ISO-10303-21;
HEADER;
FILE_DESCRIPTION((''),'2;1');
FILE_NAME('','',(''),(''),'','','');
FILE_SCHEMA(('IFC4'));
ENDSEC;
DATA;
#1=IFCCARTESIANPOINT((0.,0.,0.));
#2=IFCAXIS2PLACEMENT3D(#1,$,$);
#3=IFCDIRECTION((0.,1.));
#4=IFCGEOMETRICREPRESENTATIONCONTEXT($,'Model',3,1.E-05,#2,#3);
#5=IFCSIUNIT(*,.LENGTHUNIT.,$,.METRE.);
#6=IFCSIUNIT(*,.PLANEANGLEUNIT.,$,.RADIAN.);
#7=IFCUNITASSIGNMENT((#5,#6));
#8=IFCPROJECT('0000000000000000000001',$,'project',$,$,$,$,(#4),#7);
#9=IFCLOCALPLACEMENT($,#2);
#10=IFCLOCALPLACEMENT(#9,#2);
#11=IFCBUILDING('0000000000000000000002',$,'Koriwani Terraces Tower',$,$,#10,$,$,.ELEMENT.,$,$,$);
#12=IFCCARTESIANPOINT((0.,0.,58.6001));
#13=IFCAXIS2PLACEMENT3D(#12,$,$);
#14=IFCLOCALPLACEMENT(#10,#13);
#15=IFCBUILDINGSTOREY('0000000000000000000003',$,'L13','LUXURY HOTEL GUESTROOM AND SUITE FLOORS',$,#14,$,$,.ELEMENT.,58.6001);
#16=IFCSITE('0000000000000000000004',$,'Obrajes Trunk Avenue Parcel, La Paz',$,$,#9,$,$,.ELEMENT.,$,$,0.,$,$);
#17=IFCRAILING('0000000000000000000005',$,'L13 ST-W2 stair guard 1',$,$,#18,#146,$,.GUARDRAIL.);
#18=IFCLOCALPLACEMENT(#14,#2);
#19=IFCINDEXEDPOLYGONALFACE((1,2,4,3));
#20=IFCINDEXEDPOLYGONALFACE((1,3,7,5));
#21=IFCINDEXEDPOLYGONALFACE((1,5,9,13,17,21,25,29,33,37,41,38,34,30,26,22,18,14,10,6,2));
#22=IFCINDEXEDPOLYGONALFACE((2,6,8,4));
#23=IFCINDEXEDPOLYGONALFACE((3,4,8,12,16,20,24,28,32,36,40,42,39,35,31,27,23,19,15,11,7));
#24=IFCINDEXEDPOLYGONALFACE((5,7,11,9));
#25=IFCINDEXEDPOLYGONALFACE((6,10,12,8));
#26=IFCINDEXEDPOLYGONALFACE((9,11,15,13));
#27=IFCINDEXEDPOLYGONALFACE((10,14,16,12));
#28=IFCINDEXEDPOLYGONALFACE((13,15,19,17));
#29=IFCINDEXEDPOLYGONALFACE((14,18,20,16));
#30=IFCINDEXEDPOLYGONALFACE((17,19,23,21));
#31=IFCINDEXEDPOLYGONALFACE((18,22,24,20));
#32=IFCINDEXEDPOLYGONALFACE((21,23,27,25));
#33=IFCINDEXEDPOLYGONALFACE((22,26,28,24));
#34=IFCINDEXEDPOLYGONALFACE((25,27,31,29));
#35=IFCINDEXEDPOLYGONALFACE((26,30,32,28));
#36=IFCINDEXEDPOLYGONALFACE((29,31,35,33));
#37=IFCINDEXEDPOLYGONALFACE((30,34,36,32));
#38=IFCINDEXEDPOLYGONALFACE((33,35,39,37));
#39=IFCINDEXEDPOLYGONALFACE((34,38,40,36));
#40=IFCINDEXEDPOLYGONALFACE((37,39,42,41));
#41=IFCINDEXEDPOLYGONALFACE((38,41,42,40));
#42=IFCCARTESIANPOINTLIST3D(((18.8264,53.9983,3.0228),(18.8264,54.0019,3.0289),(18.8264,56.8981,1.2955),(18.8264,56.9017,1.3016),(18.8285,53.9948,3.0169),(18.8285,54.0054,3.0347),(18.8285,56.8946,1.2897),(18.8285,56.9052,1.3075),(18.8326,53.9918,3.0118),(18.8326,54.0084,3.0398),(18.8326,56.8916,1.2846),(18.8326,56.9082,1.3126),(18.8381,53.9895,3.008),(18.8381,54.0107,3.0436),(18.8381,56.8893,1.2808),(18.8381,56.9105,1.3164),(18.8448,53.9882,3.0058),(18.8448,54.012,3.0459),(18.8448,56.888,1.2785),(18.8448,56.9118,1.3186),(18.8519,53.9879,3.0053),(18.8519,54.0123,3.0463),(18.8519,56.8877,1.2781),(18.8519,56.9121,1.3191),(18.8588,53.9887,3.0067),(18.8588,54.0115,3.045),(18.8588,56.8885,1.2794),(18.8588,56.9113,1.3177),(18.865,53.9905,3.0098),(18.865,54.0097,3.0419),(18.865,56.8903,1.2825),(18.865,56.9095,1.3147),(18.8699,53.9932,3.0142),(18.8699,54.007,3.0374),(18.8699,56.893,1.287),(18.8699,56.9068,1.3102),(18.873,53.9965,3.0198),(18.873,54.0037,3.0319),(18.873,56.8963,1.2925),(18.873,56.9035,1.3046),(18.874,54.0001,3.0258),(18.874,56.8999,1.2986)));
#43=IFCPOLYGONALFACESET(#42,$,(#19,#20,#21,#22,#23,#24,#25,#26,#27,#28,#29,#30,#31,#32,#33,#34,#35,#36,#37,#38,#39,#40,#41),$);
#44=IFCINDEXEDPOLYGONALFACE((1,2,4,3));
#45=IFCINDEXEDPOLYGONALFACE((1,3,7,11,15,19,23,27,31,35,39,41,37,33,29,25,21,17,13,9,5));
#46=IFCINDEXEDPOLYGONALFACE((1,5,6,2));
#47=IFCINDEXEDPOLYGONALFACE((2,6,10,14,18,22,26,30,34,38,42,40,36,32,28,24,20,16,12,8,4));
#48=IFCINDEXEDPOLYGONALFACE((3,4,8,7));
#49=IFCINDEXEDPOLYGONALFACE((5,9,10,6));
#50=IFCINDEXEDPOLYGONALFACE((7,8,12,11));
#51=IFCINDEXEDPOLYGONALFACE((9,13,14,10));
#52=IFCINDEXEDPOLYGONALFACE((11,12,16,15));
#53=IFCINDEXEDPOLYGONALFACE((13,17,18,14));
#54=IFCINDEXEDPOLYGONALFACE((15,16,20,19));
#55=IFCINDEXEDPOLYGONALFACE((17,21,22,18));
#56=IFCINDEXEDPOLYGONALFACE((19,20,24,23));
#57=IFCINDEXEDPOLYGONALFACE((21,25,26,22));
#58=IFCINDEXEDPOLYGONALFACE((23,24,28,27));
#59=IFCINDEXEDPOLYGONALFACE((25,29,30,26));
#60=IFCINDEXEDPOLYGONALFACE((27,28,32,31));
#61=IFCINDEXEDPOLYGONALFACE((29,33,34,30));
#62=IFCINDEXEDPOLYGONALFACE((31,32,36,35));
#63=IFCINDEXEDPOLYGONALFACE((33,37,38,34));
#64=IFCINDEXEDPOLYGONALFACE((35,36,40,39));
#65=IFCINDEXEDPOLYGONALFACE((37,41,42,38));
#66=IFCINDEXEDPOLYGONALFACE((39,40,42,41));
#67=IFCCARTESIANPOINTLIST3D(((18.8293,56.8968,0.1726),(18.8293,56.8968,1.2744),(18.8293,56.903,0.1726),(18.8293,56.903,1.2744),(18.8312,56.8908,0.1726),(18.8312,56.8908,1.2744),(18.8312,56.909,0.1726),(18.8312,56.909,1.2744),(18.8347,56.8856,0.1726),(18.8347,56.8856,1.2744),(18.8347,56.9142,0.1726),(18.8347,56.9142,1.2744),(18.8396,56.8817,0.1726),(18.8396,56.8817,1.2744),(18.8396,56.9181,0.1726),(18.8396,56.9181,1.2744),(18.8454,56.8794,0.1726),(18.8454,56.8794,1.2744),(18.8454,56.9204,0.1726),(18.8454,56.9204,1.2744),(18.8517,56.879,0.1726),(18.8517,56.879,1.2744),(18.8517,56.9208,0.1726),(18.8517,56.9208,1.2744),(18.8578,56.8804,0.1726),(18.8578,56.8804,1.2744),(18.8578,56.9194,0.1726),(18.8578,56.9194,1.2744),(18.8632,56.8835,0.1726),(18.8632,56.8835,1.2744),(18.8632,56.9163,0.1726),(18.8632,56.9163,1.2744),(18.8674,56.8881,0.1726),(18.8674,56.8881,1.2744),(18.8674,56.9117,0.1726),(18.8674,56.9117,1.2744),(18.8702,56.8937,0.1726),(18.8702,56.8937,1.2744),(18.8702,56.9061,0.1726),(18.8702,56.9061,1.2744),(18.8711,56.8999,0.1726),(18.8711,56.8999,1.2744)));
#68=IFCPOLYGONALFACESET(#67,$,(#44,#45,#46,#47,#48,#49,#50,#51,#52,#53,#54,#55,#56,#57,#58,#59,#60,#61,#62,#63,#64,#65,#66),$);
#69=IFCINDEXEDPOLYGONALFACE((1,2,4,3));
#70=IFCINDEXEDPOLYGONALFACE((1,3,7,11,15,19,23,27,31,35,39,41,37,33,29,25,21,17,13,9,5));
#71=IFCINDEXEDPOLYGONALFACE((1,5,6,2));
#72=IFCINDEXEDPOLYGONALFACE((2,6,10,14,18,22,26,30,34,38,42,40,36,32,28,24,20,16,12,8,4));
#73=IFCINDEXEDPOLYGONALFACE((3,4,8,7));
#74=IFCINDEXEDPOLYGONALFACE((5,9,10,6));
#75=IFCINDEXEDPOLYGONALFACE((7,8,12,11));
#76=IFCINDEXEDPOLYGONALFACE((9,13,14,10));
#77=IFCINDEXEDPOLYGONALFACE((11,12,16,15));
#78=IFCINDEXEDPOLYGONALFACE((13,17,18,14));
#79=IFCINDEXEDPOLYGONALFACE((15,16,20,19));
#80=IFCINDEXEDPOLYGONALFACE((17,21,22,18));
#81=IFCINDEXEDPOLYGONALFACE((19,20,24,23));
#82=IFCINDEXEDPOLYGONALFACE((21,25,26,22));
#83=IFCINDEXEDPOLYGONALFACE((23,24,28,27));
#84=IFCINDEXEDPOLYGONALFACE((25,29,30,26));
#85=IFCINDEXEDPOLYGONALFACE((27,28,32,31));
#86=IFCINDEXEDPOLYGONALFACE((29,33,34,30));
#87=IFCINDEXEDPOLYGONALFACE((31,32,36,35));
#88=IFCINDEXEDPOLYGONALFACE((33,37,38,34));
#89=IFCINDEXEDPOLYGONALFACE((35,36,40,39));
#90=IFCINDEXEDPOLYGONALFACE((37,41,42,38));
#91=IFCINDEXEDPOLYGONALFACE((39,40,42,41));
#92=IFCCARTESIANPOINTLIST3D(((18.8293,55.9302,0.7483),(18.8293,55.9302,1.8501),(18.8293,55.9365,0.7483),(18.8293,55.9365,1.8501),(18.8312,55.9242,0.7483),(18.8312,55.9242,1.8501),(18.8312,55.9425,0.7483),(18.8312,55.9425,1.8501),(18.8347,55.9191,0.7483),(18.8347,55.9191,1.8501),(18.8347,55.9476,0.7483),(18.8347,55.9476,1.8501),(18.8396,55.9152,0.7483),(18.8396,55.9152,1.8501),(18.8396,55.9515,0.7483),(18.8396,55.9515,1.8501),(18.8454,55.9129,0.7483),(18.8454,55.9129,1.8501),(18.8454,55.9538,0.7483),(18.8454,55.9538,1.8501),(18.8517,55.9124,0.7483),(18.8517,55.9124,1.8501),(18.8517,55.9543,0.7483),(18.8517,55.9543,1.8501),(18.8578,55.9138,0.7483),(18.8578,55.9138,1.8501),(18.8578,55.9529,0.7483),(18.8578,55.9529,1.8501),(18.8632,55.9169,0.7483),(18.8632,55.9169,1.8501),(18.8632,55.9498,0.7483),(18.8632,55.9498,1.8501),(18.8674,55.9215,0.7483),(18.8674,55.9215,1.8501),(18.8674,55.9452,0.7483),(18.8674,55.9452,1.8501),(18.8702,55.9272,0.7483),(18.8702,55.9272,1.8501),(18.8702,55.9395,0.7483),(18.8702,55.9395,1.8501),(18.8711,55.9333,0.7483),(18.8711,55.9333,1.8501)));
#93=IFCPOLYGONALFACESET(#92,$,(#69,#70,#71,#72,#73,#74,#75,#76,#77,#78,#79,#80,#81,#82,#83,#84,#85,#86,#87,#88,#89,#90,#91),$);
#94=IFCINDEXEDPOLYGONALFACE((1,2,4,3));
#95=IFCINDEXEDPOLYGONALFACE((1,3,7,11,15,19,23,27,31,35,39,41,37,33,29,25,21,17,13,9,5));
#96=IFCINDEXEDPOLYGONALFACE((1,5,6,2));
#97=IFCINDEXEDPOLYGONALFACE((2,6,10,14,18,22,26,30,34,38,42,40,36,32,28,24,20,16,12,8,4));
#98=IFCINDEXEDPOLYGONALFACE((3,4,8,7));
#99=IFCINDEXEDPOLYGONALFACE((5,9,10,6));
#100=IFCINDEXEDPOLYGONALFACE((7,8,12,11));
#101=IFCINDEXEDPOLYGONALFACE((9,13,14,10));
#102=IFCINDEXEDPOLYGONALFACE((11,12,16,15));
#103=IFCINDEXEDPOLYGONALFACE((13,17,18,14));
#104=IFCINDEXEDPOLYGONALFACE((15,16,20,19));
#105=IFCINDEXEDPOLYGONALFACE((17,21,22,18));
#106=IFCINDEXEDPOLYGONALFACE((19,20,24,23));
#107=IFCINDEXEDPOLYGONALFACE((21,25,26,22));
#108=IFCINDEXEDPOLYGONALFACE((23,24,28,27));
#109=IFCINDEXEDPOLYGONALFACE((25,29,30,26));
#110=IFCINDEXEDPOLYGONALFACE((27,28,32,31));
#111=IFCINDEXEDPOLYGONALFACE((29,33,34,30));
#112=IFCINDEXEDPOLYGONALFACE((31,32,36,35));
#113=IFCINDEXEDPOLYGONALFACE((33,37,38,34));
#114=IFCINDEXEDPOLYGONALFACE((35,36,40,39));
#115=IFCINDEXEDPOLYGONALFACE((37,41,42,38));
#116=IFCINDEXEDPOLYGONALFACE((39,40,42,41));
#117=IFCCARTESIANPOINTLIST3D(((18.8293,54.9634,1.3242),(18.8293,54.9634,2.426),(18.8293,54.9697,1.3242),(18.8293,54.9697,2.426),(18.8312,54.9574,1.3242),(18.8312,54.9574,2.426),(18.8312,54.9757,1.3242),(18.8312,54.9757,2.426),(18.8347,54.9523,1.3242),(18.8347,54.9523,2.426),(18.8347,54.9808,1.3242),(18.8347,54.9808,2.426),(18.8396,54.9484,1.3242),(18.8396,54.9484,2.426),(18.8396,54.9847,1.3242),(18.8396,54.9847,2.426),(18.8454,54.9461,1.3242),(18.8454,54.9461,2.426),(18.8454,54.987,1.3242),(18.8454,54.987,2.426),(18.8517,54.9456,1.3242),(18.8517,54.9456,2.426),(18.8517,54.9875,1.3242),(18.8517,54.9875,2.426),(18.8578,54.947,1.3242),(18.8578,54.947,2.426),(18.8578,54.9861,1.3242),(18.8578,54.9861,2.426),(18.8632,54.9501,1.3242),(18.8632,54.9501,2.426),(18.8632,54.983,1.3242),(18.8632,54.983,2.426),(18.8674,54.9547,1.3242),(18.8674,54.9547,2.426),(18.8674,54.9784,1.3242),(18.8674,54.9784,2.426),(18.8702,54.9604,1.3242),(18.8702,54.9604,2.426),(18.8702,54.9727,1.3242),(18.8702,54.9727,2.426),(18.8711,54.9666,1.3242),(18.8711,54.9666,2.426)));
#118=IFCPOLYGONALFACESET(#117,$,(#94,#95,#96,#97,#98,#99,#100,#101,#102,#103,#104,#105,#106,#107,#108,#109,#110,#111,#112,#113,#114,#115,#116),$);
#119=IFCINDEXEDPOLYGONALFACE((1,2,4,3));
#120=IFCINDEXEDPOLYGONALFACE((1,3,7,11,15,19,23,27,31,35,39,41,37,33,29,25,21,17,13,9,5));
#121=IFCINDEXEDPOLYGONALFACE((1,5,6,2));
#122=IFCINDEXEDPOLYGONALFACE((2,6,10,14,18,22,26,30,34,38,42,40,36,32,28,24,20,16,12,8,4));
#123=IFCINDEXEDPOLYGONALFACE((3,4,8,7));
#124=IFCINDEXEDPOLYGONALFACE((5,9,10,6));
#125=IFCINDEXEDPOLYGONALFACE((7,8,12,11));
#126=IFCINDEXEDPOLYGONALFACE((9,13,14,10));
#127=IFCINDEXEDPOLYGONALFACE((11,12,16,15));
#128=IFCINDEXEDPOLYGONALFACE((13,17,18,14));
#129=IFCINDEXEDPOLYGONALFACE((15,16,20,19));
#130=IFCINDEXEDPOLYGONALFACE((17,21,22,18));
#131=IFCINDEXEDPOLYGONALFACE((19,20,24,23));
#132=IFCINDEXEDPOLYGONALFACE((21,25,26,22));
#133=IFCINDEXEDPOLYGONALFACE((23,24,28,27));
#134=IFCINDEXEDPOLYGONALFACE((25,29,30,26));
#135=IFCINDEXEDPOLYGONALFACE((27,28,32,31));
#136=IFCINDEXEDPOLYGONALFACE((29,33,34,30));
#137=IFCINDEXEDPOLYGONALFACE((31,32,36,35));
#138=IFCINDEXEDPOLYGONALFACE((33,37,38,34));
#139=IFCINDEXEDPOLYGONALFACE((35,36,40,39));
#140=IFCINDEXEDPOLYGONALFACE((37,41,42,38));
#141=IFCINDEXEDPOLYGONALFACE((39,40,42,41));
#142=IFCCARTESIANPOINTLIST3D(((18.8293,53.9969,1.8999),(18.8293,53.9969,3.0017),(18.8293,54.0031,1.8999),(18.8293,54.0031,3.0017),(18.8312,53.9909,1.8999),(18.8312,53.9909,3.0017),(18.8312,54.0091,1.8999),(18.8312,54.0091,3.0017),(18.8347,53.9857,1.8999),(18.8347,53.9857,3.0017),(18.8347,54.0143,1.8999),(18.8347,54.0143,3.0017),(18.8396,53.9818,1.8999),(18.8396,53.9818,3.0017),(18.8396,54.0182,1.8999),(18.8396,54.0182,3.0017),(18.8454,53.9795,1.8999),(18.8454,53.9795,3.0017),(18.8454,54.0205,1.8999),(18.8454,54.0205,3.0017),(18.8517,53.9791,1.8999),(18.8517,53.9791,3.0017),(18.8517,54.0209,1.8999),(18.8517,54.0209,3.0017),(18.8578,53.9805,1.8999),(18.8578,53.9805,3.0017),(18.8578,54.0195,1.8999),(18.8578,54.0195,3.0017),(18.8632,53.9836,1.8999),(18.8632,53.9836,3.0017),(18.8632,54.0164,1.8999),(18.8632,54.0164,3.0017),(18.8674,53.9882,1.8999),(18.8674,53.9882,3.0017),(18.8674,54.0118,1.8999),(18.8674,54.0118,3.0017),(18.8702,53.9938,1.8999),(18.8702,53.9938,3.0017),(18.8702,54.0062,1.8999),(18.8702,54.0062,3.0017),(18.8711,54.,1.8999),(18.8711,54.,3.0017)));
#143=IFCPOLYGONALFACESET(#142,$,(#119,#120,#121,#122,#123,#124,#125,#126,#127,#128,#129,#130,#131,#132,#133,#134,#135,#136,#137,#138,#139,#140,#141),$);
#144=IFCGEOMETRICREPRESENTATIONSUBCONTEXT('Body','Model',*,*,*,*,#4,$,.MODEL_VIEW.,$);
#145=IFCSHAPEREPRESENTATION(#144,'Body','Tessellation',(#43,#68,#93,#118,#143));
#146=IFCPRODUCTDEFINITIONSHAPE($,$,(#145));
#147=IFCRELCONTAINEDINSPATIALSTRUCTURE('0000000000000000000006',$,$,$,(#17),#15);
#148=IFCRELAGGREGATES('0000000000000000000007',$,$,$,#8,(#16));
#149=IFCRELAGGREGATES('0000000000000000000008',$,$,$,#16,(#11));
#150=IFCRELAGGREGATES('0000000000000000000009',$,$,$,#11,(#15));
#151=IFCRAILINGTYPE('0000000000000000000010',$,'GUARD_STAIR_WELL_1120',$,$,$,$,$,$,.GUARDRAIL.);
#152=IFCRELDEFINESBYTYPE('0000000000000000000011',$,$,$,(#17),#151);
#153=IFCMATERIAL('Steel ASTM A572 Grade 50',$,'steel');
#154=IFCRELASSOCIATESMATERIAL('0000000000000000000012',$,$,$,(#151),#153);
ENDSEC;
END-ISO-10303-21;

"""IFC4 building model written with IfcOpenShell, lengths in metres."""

from ifc_helpers import new_model, si_unit, direction, frame, origin, origin_2d, place, context, subcontext, project, spatial, circle, extrude, material, type_object, element, save


model = new_model("IFC4")

# Units and contexts
model_context = context("Model", 3, precision=1e-05, world=origin(), true_north=direction((0.0, 1.0)))
body_context = subcontext(model_context, "Body", "Model", "MODEL_VIEW")
ifc_project = project(units=[si_unit("LENGTHUNIT", "METRE"), si_unit("PLANEANGLEUNIT", "RADIAN")], contexts=[model_context])

# Site, building, storey
site_placement = place(None, origin())
site = spatial("IfcSite", under=ifc_project, at=site_placement, Name="Obrajes Trunk Avenue Parcel, La Paz", CompositionType="ELEMENT", RefElevation=0.0)
building_placement = place(site_placement, origin())
building = spatial("IfcBuilding", under=site, at=building_placement, Name="Koriwani Terraces Tower", CompositionType="ELEMENT")
storey_placement = place(building_placement, frame((0.0, 0.0, 58.6001)))
storey = spatial("IfcBuildingStorey", under=building, at=storey_placement, Name="L13", Description="LUXURY HOTEL GUESTROOM AND SUITE FLOORS", CompositionType="ELEMENT", Elevation=58.6001)

# Shared definitions
ifc_material_1 = material(Name="Steel ASTM A572 Grade 50", Category="steel")

# Railing
railing_type_1 = type_object("IfcRailingType", Name="GUARD_STAIR_WELL_1120", PredefinedType="GUARDRAIL", material=ifc_material_1)
for number, where, name in (
    (1, (18.8501, 56.8999, 0.1726), "L13 ST-W2 stair guard 1"),
):
    element("IfcRailing", number, at=place(storey_placement, frame(where)), inside=storey, type_object=railing_type_1, Name=name, PredefinedType="GUARDRAIL", context=body_context, shape_type="SweptSolid", body=[
        extrude(circle(Radius=0.0239, at=origin_2d()), frame((0.0, 0.0, 1.126), z_axis=(0.0, -0.859141, 0.511738), x_axis=(1.0, 0.0, 0.0)), (0.0, 0.0, 1.0), 3.3752),
        extrude(circle(Radius=0.021, at=origin_2d()), origin(), (0.0, 0.0, 1.0), 1.1018),
        extrude(circle(Radius=0.021, at=origin_2d()), frame((0.0, -0.9666, 0.5757)), (0.0, 0.0, 1.0), 1.1018),
        extrude(circle(Radius=0.021, at=origin_2d()), frame((0.0, -1.9333, 1.1516)), (0.0, 0.0, 1.0), 1.1018),
        extrude(circle(Radius=0.021, at=origin_2d()), frame((0.0, -2.8999, 1.7273)), (0.0, 0.0, 1.0), 1.1018),
    ])

save(model, "model.ifc")
